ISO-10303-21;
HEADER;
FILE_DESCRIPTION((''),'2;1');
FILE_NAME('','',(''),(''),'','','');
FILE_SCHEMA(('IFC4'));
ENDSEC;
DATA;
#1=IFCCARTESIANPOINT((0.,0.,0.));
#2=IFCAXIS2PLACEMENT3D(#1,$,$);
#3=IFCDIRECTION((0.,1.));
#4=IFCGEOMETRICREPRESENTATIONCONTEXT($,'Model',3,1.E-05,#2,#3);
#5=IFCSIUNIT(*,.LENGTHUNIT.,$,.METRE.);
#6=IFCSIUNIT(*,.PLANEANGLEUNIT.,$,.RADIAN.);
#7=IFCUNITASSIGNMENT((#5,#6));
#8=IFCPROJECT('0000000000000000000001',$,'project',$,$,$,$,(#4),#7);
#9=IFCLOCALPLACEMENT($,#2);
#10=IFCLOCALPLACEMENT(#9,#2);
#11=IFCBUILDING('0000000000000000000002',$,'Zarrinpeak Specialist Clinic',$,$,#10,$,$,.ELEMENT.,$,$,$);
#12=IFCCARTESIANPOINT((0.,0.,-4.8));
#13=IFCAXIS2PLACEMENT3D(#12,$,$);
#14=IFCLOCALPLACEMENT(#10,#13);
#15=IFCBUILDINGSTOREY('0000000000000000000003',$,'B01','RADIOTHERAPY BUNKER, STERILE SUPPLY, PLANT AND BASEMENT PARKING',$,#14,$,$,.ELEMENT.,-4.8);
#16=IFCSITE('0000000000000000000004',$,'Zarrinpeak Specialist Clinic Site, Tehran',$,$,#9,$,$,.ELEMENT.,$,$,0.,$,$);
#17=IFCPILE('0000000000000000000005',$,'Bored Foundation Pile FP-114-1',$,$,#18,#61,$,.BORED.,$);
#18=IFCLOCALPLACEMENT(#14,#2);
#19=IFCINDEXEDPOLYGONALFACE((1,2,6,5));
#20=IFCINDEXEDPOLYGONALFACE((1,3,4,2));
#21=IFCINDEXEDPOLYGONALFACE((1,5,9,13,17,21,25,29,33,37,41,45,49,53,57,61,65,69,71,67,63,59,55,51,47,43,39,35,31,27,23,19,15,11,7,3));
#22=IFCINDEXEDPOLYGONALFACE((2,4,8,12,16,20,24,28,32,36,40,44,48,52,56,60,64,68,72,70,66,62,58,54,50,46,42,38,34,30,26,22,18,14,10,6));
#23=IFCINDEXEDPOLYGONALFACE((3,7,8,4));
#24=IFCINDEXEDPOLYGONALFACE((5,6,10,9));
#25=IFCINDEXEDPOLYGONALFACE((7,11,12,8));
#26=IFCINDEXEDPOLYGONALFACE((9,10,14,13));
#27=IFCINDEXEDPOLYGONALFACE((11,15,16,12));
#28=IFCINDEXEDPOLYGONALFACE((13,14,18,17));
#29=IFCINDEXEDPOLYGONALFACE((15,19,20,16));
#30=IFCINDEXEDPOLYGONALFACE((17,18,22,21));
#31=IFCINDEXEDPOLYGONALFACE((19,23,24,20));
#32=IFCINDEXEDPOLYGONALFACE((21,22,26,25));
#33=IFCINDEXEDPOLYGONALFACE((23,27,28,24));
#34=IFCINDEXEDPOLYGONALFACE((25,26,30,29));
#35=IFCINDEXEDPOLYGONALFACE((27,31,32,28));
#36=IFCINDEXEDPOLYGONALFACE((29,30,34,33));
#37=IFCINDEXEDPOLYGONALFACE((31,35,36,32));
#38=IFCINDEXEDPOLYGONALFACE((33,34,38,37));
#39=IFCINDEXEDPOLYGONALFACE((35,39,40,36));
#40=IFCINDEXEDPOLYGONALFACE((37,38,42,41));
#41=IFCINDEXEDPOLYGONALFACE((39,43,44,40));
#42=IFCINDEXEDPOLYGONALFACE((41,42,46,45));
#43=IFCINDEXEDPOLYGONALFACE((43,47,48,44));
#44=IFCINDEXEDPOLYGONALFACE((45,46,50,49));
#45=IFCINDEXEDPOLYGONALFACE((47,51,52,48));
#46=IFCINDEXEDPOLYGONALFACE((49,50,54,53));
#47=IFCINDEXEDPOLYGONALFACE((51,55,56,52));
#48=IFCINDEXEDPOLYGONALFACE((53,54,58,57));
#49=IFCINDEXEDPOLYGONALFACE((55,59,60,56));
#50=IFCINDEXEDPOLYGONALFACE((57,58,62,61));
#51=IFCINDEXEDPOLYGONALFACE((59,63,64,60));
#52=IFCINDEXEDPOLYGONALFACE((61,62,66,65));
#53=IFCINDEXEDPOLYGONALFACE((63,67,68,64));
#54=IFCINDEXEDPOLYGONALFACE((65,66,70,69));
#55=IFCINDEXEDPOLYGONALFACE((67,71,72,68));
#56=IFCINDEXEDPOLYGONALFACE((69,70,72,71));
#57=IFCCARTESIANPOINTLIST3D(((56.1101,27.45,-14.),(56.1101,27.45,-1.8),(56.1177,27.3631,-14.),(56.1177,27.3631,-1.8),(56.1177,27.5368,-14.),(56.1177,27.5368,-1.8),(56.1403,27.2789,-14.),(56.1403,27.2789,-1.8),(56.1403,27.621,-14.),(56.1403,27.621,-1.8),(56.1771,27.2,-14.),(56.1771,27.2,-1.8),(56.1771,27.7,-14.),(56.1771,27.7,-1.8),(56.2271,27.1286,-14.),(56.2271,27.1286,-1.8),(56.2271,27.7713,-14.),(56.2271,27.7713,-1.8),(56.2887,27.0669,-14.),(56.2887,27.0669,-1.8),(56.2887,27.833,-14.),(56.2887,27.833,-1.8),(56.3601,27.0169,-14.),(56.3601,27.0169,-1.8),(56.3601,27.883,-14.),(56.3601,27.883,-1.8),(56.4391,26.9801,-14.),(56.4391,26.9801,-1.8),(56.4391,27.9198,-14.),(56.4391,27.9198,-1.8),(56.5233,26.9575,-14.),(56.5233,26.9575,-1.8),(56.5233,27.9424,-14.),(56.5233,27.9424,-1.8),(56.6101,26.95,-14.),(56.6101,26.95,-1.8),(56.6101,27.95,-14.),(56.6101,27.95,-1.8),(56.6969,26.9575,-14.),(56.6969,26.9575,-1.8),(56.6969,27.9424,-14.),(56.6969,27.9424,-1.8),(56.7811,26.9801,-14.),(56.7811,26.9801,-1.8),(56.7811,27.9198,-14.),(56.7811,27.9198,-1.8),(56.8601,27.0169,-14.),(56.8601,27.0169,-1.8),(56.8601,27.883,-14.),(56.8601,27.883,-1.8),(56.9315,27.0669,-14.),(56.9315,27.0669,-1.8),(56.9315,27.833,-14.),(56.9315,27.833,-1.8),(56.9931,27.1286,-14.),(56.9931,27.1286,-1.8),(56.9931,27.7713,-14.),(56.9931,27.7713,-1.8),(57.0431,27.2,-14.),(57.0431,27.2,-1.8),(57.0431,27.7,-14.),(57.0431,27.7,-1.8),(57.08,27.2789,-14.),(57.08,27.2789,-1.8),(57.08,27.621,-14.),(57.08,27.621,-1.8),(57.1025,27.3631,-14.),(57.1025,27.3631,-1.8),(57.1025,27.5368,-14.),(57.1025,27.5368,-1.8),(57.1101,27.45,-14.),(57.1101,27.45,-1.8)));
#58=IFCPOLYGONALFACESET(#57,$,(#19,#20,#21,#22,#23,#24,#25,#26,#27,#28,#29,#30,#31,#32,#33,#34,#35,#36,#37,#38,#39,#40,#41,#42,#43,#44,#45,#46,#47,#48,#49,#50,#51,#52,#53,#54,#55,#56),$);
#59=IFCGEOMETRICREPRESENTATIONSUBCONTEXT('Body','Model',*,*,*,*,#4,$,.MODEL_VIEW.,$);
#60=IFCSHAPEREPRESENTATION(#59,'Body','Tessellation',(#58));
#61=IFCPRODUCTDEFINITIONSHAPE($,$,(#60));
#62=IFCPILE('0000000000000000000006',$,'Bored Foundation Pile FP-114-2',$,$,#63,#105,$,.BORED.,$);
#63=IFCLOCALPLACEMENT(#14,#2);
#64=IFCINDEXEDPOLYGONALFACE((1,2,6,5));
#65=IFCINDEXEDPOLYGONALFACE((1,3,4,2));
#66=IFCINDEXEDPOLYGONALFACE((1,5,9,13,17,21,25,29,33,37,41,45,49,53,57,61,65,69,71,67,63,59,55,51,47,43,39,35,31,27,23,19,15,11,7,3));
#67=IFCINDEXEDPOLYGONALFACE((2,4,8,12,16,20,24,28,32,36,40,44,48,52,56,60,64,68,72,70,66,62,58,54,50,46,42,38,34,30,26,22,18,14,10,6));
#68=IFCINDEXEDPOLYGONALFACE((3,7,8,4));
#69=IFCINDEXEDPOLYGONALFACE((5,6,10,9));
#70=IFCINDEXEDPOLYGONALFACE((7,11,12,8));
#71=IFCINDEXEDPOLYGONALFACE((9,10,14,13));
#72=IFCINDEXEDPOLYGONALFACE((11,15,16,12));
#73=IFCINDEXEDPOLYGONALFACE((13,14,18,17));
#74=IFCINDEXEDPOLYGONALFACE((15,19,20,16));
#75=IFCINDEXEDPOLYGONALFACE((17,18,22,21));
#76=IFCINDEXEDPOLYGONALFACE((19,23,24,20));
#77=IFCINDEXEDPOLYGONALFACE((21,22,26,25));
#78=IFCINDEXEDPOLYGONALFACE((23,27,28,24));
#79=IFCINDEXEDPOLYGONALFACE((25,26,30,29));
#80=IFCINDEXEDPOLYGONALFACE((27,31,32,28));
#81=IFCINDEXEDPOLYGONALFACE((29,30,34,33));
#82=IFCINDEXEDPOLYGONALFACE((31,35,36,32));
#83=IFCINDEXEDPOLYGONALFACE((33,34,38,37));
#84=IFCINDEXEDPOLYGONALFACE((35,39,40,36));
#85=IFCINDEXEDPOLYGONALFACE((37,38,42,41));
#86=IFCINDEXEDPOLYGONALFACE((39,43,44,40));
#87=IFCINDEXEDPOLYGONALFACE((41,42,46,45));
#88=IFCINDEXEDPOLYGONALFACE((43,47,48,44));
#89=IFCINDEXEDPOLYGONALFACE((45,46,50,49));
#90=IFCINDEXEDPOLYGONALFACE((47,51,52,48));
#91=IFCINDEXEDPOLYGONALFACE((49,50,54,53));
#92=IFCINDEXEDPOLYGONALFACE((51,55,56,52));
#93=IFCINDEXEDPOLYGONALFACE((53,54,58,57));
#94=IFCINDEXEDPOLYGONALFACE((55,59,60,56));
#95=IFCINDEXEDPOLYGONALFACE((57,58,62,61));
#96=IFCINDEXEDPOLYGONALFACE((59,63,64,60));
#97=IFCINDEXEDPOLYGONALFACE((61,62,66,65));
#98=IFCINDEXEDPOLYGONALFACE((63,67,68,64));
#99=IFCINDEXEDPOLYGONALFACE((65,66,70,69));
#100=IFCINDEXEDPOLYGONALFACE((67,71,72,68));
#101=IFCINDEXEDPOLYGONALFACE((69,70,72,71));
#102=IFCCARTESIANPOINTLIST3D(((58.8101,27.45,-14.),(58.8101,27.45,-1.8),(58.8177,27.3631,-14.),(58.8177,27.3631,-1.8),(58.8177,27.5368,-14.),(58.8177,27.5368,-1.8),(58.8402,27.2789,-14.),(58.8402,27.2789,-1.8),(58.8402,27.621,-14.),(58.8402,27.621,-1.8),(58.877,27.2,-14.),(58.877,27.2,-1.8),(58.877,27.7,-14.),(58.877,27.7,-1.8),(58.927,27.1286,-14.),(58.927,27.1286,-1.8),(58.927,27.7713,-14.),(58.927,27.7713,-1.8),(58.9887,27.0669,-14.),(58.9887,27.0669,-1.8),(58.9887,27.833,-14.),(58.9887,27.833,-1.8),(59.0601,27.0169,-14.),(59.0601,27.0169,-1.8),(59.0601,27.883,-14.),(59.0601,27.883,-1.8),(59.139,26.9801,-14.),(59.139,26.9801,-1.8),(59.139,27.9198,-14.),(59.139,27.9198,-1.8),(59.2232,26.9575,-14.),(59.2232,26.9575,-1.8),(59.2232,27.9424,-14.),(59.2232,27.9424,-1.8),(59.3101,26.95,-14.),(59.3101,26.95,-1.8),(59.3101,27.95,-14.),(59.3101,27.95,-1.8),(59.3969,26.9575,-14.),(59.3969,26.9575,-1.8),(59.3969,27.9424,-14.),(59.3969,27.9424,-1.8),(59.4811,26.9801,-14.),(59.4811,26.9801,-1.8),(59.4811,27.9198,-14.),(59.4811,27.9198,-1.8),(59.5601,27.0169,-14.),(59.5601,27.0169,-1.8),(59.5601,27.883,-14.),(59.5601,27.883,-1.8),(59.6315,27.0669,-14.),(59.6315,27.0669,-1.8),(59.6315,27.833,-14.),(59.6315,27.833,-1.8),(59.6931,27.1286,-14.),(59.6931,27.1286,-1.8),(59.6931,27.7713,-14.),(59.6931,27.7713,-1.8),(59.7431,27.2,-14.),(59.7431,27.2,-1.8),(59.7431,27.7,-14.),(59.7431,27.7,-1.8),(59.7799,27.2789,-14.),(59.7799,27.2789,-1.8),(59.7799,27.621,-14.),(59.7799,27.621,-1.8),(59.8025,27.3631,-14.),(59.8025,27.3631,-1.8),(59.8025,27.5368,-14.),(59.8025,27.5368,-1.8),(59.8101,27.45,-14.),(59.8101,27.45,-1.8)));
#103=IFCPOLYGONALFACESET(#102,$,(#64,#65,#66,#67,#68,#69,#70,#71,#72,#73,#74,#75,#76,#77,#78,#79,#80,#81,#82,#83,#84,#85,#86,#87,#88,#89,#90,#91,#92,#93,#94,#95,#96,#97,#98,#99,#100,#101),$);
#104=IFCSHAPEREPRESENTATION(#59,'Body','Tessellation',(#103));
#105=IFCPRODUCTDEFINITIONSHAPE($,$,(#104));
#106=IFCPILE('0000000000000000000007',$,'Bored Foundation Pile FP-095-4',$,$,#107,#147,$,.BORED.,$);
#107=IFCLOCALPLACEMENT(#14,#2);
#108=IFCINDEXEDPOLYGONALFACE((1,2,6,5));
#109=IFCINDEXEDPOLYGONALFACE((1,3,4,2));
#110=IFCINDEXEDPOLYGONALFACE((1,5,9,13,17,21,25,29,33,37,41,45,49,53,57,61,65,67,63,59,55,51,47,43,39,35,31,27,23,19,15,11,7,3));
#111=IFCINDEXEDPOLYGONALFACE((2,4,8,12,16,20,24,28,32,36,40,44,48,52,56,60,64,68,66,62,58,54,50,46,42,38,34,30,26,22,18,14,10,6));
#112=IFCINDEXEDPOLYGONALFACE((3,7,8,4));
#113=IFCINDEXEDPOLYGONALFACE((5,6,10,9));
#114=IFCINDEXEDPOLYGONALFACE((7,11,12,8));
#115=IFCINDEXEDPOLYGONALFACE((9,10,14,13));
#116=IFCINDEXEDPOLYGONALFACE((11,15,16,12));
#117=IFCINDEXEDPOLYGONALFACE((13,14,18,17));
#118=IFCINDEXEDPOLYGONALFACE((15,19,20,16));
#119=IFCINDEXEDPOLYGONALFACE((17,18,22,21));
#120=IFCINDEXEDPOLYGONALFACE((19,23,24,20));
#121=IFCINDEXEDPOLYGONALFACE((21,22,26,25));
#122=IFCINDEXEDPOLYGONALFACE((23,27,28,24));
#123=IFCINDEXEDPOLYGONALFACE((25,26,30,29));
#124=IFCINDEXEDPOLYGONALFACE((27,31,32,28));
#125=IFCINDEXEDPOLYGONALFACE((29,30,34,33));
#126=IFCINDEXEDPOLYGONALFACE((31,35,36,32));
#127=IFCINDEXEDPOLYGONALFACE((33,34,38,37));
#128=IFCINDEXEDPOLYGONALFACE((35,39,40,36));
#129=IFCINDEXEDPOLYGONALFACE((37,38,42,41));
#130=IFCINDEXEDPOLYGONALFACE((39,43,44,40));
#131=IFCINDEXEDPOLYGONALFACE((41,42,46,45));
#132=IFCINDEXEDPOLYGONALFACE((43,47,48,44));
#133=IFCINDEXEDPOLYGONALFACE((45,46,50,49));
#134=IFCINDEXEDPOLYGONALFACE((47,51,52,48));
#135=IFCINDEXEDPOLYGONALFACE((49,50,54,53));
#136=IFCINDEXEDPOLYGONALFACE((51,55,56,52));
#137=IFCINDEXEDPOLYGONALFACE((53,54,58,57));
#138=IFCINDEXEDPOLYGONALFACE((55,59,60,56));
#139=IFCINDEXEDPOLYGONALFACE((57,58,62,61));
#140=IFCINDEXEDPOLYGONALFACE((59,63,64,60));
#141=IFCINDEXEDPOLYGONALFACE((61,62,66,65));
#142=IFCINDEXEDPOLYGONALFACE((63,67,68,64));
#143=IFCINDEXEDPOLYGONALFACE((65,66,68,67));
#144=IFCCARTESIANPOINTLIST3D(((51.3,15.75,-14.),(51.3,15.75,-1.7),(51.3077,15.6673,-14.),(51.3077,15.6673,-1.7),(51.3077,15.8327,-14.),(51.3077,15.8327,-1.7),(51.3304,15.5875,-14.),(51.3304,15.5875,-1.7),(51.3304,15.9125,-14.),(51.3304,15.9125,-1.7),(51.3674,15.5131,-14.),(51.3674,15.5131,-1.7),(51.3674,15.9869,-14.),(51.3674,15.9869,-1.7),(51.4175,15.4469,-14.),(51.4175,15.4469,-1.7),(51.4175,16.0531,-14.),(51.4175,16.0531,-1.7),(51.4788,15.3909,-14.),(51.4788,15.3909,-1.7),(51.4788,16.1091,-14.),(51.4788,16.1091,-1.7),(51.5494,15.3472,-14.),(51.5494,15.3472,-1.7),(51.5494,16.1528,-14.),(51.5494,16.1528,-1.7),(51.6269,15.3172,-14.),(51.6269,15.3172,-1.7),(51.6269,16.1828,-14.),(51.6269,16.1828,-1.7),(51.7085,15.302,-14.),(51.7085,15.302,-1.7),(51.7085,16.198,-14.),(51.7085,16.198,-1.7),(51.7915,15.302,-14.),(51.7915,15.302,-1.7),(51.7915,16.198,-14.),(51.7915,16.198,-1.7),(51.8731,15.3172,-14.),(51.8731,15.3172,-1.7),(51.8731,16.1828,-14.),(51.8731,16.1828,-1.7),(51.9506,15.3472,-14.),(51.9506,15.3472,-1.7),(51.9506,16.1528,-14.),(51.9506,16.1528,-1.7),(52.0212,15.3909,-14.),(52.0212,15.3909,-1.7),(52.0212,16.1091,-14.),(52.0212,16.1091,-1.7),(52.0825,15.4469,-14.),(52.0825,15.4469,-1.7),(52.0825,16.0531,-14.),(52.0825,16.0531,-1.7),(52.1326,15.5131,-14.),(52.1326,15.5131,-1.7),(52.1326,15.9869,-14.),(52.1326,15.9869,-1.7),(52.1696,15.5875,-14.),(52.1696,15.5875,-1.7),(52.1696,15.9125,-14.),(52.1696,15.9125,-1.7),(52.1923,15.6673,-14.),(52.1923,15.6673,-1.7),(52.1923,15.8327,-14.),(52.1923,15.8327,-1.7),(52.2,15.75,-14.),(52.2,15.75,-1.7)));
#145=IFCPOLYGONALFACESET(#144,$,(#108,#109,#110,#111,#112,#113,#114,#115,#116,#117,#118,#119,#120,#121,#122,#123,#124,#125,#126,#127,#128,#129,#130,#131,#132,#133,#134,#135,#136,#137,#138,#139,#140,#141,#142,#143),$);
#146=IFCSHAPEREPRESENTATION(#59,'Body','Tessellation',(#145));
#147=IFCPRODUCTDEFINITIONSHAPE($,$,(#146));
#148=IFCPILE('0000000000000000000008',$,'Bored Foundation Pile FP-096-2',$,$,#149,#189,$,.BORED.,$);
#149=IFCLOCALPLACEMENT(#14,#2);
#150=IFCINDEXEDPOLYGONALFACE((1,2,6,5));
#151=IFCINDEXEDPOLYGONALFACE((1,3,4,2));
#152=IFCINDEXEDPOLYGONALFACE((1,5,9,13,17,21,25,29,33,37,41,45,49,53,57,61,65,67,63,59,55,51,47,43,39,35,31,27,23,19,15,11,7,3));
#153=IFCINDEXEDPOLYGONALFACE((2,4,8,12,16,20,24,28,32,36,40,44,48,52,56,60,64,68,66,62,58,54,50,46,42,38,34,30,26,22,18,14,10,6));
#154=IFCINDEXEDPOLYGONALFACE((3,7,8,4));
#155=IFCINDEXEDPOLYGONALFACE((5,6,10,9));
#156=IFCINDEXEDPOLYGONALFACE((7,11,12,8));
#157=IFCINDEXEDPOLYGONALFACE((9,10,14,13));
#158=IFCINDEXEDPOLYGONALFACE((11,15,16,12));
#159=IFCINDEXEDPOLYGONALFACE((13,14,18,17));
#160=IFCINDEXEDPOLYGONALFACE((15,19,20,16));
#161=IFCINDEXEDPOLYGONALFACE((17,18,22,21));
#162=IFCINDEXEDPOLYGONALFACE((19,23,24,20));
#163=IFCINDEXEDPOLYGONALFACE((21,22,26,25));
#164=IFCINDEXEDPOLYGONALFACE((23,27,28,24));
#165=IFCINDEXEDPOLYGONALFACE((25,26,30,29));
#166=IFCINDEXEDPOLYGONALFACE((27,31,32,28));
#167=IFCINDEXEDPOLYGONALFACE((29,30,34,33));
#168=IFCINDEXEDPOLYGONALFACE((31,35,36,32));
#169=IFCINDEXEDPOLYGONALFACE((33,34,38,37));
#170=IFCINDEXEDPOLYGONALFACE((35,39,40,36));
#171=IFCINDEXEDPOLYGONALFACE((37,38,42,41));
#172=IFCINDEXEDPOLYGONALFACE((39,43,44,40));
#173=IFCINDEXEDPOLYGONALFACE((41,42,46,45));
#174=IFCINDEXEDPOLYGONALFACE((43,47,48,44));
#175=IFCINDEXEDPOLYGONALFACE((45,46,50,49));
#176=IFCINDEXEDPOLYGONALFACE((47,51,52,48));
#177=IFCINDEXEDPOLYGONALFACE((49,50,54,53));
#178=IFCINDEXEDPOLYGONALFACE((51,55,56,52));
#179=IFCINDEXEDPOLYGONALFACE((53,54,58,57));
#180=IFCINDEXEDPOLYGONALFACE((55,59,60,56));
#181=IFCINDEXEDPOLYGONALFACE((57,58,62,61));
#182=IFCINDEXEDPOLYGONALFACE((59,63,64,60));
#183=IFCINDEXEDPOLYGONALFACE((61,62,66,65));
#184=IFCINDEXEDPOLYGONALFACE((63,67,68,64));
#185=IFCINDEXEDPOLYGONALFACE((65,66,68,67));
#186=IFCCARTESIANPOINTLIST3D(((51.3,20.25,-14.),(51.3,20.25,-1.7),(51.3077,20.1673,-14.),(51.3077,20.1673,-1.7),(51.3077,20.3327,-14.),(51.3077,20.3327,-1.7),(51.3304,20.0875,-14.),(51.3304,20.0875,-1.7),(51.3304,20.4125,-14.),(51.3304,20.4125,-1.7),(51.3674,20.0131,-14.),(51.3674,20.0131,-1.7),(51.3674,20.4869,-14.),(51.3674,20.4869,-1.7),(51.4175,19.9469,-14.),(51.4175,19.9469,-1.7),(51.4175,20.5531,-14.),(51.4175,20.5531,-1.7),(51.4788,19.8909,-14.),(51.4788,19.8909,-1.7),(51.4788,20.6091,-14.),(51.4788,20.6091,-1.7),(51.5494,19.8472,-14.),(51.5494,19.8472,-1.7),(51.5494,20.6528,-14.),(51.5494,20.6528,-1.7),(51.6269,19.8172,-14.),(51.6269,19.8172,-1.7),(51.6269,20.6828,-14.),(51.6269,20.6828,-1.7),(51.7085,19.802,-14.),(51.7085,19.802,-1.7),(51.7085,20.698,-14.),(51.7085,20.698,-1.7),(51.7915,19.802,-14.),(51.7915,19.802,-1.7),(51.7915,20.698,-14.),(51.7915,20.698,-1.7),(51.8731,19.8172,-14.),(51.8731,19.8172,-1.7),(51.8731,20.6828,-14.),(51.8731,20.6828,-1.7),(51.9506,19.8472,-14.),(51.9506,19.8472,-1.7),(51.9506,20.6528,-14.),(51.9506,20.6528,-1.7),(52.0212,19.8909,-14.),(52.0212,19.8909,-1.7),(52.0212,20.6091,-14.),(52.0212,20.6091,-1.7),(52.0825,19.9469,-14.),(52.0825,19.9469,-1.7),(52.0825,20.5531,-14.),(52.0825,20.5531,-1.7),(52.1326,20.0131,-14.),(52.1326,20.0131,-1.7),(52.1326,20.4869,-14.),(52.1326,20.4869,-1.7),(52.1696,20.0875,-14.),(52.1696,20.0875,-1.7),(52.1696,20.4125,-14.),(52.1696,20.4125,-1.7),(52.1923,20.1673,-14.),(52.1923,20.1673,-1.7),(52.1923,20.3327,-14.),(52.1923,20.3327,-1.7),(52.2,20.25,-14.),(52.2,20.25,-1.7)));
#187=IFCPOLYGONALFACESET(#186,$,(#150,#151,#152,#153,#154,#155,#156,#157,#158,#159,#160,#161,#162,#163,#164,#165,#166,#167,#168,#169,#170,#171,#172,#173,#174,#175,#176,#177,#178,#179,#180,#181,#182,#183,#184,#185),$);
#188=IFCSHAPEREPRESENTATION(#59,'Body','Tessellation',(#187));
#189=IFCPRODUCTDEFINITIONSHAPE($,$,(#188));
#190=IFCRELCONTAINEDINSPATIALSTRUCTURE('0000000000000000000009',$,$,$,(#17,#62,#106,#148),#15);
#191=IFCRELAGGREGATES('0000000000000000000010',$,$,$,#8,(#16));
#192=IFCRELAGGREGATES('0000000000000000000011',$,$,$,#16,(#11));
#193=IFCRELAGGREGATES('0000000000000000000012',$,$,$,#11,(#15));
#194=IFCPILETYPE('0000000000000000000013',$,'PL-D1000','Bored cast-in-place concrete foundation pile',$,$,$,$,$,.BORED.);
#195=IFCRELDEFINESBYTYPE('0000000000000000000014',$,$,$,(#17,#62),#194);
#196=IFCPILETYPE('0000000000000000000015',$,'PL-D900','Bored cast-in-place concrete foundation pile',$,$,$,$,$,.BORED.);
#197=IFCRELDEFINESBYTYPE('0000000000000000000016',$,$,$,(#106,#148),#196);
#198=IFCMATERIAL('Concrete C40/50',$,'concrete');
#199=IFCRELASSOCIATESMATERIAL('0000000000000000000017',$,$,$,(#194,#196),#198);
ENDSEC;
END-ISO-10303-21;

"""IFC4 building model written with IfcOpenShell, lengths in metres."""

from ifc_helpers import new_model, si_unit, direction, frame, origin, origin_2d, place, context, subcontext, project, spatial, circle, extrude, material, material_profile, profile_set, type_object, element, save


model = new_model("IFC4")

# Units and contexts
model_context = context("Model", 3, precision=1e-05, world=origin(), true_north=direction((0.0, 1.0)))
body_context = subcontext(model_context, "Body", "Model", "MODEL_VIEW")
ifc_project = project(units=[si_unit("LENGTHUNIT", "METRE"), si_unit("PLANEANGLEUNIT", "RADIAN")], contexts=[model_context])

# Site, building, storey
site_placement = place(None, origin())
site = spatial("IfcSite", under=ifc_project, at=site_placement, Name="Zarrinpeak Specialist Clinic Site, Tehran", CompositionType="ELEMENT", RefElevation=0.0)
building_placement = place(site_placement, origin())
building = spatial("IfcBuilding", under=site, at=building_placement, Name="Zarrinpeak Specialist Clinic", CompositionType="ELEMENT")
storey_placement = place(building_placement, frame((0.0, 0.0, -4.8)))
storey = spatial("IfcBuildingStorey", under=building, at=storey_placement, Name="B01", Description="RADIOTHERAPY BUNKER, STERILE SUPPLY, PLANT AND BASEMENT PARKING", CompositionType="ELEMENT", Elevation=-4.8)

# Shared definitions
ifc_material_1 = material(Name="Concrete C40/50", Category="concrete")

# Piles
ifc_material_profile_1 = material_profile(ifc_material_1, circle(Radius=0.5, at=origin_2d()), Name="BORED PILE D1000")
ifc_profile_set_1 = profile_set([ifc_material_profile_1], Name="Concrete C40/50")
pile_type_1 = type_object("IfcPileType", Name="PL-D1000", Description="Bored cast-in-place concrete foundation pile", PredefinedType="BORED", material=ifc_profile_set_1)
for number, where, z_axis, x_axis, name in (
    (1, (56.6101, 27.45, -1.8), (0.0, 0.0, -1.0), (1.0, 0.0, 0.0), "Bored Foundation Pile FP-114-1"),
    (2, (59.3101, 27.45, -1.8), (0.0, 0.0, -1.0), (1.0, 0.0, 0.0), "Bored Foundation Pile FP-114-2"),
):
    element("IfcPile", number, at=place(storey_placement, frame(where, z_axis=z_axis, x_axis=x_axis)), inside=storey, type_object=pile_type_1, Name=name, PredefinedType="BORED", context=body_context, shape_type="SweptSolid", body=[
        extrude(circle(Radius=0.5, at=origin_2d()), origin(), (0.0, 0.0, 1.0), 12.2),
    ])
ifc_material_profile_2 = material_profile(ifc_material_1, circle(Radius=0.45, at=origin_2d()), Name="BORED PILE D900")
ifc_profile_set_2 = profile_set([ifc_material_profile_2], Name="Concrete C40/50")
pile_type_2 = type_object("IfcPileType", Name="PL-D900", Description="Bored cast-in-place concrete foundation pile", PredefinedType="BORED", material=ifc_profile_set_2)
for number, where, z_axis, x_axis, name in (
    (3, (51.75, 15.75, -1.7), (0.0, 0.0, -1.0), (1.0, 0.0, 0.0), "Bored Foundation Pile FP-095-4"),
    (4, (51.75, 20.25, -1.7), (0.0, 0.0, -1.0), (1.0, 0.0, 0.0), "Bored Foundation Pile FP-096-2"),
):
    element("IfcPile", number, at=place(storey_placement, frame(where, z_axis=z_axis, x_axis=x_axis)), inside=storey, type_object=pile_type_2, Name=name, PredefinedType="BORED", context=body_context, shape_type="SweptSolid", body=[
        extrude(circle(Radius=0.45, at=origin_2d()), origin(), (0.0, 0.0, 1.0), 12.3),
    ])

save(model, "model.ifc")
